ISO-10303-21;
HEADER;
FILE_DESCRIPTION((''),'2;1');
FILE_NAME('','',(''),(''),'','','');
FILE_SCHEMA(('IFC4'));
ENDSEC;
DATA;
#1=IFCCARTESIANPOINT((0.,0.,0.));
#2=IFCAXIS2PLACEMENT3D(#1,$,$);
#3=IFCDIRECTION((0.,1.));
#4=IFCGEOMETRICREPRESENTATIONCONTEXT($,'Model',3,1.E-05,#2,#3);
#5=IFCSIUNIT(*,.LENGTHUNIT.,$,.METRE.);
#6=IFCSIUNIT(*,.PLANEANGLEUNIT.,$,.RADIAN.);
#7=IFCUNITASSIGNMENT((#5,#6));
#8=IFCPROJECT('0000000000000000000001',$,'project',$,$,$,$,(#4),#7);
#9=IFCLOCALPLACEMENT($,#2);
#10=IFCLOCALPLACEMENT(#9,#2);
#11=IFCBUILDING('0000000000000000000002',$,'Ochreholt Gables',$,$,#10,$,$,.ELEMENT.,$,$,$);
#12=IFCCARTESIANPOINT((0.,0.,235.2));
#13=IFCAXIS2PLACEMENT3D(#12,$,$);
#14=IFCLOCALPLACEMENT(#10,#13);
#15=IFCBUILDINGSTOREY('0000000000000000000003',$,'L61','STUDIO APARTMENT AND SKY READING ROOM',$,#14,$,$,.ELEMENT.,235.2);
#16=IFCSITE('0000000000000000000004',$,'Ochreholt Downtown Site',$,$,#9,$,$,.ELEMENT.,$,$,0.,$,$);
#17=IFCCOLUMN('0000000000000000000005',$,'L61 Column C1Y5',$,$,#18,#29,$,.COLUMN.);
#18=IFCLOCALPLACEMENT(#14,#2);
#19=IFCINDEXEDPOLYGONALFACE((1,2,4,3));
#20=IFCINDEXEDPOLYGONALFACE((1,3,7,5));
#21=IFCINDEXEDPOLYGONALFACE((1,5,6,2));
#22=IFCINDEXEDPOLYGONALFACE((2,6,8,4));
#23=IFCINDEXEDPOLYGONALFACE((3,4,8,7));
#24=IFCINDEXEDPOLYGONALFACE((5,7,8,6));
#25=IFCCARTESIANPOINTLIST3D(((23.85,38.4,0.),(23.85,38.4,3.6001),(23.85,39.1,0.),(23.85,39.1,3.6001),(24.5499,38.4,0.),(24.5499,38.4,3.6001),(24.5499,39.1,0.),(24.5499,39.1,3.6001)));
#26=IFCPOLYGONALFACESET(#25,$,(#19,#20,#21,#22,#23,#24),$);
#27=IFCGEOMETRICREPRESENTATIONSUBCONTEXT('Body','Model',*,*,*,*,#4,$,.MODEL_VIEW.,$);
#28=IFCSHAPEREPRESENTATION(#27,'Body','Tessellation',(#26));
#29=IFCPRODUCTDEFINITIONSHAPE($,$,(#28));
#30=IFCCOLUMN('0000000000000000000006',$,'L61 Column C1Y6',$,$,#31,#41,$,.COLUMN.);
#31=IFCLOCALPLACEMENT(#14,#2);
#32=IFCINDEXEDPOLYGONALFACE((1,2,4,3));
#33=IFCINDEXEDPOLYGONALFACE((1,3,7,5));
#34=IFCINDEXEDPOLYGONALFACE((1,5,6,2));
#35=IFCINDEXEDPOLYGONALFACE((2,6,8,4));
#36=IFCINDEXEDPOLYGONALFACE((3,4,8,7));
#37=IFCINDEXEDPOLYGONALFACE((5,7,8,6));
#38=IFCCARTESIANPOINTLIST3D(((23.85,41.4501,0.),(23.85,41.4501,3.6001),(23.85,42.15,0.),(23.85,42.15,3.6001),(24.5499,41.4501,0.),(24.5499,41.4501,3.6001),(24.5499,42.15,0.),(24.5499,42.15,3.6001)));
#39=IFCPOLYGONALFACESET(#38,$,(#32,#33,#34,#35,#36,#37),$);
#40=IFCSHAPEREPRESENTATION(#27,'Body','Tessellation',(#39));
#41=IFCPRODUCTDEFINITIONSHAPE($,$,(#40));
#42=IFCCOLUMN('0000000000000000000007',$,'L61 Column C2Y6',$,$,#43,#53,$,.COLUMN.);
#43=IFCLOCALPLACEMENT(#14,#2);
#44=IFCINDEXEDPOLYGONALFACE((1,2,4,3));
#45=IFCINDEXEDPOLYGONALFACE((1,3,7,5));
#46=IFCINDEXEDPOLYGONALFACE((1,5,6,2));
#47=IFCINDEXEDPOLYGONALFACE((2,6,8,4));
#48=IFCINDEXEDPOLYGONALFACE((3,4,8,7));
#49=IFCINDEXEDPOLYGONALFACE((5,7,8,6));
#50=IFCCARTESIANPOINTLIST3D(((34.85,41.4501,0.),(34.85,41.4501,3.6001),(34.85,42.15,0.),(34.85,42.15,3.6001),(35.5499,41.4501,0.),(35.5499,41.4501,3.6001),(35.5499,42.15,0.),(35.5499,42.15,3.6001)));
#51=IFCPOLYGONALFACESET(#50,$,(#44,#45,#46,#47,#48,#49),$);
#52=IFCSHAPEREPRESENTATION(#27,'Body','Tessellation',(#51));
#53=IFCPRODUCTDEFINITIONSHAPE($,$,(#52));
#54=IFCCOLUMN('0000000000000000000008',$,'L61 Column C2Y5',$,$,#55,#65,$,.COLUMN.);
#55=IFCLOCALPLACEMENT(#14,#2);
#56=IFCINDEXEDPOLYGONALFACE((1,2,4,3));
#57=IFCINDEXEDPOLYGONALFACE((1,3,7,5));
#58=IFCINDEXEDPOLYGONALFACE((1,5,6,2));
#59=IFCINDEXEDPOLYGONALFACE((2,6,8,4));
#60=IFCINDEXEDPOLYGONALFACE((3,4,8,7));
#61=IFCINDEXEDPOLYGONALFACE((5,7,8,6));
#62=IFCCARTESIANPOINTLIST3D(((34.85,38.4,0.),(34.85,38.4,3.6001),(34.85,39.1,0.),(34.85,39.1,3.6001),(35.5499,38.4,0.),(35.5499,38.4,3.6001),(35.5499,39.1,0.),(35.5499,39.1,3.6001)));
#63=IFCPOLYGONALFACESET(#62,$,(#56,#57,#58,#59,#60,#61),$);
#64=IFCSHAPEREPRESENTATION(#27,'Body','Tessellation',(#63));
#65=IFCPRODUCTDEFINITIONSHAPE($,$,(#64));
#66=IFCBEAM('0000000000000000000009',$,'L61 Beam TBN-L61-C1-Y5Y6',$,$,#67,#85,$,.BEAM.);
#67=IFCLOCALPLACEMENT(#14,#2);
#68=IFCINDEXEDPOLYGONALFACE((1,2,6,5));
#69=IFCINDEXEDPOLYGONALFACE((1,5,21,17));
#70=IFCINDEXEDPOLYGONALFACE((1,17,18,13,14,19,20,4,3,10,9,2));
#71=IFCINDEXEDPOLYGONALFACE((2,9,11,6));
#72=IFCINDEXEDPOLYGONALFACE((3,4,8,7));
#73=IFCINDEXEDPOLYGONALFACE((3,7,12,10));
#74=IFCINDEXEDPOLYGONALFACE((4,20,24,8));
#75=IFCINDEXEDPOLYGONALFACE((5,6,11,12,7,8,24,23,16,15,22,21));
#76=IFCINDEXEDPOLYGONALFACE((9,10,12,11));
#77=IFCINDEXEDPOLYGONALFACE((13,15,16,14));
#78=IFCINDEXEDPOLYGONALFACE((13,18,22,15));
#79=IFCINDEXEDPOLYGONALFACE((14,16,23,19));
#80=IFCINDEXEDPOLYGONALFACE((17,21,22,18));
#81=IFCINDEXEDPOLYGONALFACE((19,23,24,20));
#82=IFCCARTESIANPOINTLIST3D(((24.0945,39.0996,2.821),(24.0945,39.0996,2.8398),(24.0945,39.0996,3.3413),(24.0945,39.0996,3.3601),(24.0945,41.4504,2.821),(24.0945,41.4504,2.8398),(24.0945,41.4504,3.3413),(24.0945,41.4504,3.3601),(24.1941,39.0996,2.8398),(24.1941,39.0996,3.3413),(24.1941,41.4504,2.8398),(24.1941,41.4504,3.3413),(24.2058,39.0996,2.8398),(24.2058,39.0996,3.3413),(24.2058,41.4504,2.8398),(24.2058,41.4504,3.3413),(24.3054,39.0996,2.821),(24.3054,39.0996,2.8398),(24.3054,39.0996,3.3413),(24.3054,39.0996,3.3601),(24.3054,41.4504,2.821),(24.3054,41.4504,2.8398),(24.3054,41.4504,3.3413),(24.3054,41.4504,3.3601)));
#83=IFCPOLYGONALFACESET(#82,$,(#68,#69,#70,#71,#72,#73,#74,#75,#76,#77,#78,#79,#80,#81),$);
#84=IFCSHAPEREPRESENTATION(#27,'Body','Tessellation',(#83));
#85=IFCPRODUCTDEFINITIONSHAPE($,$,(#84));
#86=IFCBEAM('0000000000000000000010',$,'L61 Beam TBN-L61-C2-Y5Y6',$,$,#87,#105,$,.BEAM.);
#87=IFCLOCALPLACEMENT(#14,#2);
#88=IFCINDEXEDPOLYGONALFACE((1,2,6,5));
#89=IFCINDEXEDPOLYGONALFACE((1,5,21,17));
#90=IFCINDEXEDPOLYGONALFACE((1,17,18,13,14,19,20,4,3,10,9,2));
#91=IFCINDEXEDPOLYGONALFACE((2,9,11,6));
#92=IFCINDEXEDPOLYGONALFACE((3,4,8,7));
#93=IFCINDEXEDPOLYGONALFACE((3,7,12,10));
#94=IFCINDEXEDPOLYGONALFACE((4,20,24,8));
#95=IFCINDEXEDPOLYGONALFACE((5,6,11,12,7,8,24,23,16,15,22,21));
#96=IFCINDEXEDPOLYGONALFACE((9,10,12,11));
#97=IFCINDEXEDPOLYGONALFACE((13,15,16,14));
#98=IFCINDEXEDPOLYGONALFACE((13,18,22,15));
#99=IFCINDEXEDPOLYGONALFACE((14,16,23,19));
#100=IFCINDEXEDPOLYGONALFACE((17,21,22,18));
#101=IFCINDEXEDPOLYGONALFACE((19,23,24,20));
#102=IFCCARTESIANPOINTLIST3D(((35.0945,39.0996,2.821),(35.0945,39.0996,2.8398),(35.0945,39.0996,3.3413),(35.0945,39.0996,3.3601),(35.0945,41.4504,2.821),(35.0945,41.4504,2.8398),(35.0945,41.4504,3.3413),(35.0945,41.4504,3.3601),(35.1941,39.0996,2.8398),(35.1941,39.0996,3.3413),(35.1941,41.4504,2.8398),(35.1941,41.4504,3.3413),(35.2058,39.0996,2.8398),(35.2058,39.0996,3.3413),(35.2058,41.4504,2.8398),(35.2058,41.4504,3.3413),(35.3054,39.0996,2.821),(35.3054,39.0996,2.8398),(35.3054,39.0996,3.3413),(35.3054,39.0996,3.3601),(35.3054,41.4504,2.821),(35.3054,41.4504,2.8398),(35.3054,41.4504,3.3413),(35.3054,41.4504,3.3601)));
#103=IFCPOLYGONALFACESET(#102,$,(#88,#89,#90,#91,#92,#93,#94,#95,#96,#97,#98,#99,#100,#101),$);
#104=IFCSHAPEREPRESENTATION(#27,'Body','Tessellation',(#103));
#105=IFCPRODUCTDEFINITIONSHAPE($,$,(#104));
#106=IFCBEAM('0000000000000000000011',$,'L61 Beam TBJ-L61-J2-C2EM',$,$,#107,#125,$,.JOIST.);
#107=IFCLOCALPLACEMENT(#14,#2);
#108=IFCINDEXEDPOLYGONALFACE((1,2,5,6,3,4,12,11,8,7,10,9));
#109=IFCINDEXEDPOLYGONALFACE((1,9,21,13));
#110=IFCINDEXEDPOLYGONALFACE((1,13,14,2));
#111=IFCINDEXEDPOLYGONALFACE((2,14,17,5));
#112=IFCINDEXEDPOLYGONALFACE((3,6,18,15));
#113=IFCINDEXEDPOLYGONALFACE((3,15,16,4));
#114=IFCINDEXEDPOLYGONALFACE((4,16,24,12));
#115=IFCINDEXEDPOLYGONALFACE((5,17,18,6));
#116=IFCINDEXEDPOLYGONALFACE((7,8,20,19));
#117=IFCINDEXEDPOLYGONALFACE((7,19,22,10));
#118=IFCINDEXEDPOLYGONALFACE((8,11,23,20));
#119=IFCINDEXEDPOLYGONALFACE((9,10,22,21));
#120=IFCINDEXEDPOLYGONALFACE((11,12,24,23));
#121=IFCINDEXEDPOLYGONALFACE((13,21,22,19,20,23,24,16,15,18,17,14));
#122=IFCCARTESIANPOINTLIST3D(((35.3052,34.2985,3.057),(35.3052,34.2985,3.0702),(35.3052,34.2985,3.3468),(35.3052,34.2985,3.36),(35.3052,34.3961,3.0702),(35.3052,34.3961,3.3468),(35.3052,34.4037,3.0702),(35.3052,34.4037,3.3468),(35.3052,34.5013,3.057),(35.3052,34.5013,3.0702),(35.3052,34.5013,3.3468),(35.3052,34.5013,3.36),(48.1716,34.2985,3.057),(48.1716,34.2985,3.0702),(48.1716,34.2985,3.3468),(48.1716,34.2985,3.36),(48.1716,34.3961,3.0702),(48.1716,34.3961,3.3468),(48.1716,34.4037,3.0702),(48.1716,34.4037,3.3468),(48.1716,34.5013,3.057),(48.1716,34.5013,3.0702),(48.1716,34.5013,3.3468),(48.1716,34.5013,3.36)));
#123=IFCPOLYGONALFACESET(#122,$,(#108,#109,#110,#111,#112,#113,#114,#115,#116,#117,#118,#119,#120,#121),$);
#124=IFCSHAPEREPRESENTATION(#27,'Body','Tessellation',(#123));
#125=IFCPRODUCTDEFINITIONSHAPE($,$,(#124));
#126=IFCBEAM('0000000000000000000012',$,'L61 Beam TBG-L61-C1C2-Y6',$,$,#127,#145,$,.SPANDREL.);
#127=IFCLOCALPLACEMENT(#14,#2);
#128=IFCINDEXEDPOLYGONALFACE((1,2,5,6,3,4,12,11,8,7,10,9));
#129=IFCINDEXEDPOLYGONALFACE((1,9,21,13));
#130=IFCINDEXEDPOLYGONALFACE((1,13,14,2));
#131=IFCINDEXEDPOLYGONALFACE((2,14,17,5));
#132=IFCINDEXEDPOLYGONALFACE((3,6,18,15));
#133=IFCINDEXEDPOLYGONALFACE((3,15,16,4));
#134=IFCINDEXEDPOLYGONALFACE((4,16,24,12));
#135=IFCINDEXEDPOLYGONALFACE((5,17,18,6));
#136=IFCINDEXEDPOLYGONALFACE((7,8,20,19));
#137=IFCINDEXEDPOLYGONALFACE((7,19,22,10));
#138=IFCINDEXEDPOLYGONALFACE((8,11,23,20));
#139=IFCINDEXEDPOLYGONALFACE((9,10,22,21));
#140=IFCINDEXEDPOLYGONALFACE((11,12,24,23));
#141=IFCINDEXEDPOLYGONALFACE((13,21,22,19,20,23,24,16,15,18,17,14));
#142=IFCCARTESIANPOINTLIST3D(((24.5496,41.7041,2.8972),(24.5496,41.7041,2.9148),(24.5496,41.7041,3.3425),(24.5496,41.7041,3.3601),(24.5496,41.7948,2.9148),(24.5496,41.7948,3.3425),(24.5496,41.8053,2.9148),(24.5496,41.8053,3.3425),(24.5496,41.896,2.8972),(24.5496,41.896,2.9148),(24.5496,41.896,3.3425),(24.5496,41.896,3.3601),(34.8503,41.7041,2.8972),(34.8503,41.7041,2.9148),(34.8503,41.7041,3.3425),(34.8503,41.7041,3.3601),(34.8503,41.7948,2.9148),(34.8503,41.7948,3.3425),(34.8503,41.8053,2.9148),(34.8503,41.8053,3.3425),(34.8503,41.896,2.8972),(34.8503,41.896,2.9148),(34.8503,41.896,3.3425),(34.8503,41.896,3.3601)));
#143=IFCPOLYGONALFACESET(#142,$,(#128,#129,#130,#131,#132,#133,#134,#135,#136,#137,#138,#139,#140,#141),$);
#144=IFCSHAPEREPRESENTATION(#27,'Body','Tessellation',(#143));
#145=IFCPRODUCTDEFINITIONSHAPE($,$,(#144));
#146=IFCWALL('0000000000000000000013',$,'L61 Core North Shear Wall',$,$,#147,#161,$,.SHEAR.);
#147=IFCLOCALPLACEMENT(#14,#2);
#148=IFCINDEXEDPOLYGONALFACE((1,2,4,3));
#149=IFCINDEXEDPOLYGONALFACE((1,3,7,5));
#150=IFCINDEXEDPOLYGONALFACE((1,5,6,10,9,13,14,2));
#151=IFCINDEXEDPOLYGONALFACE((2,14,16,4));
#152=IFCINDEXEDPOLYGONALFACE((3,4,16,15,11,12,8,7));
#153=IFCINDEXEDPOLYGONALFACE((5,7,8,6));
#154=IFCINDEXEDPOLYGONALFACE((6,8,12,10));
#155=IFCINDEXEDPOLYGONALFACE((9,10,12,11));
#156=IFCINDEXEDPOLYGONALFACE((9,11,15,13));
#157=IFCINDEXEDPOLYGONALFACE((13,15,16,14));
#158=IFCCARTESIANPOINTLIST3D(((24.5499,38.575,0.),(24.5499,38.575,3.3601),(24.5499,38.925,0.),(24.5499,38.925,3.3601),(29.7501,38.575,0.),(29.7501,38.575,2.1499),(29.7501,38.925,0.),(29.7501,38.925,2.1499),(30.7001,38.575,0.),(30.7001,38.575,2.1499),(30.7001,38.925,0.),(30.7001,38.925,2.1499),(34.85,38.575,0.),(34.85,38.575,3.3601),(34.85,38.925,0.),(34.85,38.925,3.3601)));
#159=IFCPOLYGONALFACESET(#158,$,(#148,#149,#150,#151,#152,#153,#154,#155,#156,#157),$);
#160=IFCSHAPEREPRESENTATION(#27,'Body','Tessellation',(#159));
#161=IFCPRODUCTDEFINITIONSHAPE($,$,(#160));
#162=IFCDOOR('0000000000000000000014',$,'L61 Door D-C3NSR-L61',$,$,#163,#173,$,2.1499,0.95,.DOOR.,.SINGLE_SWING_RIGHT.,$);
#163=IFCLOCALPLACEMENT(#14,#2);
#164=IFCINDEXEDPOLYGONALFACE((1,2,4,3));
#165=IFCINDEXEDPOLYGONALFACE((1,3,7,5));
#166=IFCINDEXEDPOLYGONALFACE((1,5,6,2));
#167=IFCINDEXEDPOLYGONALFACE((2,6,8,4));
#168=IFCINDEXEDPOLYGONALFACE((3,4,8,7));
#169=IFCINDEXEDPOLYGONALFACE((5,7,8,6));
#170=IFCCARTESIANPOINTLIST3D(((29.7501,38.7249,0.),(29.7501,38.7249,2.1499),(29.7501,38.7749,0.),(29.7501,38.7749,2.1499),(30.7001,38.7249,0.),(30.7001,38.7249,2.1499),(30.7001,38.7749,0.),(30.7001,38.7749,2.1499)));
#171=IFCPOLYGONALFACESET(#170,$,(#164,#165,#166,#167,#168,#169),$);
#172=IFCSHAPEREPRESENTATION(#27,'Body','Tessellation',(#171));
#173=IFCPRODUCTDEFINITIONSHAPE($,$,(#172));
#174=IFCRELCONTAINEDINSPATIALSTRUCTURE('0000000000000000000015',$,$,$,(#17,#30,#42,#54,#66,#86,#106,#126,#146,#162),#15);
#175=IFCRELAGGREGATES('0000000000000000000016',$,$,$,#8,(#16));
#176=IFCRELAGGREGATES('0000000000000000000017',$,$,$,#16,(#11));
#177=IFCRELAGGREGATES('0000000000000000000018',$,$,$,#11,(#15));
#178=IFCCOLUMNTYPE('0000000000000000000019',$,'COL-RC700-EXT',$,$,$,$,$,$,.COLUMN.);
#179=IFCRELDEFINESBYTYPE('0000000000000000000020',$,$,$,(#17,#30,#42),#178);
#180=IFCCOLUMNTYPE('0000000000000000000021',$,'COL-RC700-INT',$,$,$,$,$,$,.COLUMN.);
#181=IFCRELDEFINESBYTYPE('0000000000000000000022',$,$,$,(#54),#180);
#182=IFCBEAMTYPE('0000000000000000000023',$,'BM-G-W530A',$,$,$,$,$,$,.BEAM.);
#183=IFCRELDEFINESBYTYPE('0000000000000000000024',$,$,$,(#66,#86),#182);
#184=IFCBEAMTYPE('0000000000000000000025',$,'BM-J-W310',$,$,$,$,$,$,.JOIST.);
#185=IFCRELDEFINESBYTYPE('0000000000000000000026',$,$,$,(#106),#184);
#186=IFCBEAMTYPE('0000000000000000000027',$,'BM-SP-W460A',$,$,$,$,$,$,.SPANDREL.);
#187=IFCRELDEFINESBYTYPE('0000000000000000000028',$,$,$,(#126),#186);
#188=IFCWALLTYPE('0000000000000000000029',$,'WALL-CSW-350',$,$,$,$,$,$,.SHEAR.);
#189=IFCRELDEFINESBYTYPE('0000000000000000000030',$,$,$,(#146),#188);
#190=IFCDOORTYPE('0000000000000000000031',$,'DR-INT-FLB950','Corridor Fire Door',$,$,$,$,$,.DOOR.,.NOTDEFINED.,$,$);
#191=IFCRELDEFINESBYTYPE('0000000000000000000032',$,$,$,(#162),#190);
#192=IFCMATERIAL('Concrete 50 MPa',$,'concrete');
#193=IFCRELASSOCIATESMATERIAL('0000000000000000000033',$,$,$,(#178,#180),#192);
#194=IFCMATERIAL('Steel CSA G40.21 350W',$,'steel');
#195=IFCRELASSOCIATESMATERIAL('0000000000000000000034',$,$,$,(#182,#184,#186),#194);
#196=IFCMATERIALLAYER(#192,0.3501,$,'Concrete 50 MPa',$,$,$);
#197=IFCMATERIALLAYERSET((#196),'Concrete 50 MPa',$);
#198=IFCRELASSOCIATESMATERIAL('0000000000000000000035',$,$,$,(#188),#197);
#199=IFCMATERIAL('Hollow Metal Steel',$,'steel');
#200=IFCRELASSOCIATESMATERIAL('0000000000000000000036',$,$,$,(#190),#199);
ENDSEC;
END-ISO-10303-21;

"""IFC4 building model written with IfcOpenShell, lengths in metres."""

from ifc_helpers import new_model, si_unit, direction, frame, frame_2d, origin, origin_2d, place, context, subcontext, project, spatial, rectangle, i_section, extrude, material, layer, layer_set, material_profile, profile_set, type_object, element, fill, save


model = new_model("IFC4")

# Units and contexts
model_context = context("Model", 3, precision=1e-05, world=origin(), true_north=direction((0.0, 1.0)))
body_context = subcontext(model_context, "Body", "Model", "MODEL_VIEW")
ifc_project = project(units=[si_unit("LENGTHUNIT", "METRE"), si_unit("PLANEANGLEUNIT", "RADIAN")], contexts=[model_context])

# Site, building, storey
site_placement = place(None, origin())
site = spatial("IfcSite", under=ifc_project, at=site_placement, Name="Ochreholt Downtown Site", CompositionType="ELEMENT", RefElevation=0.0)
building_placement = place(site_placement, origin())
building = spatial("IfcBuilding", under=site, at=building_placement, Name="Ochreholt Gables", CompositionType="ELEMENT")
storey_placement = place(building_placement, frame((0.0, 0.0, 235.2)))
storey = spatial("IfcBuildingStorey", under=building, at=storey_placement, Name="L61", Description="STUDIO APARTMENT AND SKY READING ROOM", CompositionType="ELEMENT", Elevation=235.2)

# Columns
ifc_material_1 = material(Name="Concrete 50 MPa", Category="concrete")
ifc_material_profile_1 = material_profile(ifc_material_1, rectangle(XDim=0.7, YDim=0.7, at=origin_2d()), Name="RC700X700")
ifc_profile_set_1 = profile_set([ifc_material_profile_1], Name="Concrete 50 MPa")
column_type_1 = type_object("IfcColumnType", Name="COL-RC700-EXT", PredefinedType="COLUMN", material=ifc_profile_set_1)
for number, where, z_axis, x_axis, name in (
    (1, (24.2, 38.75, 0.0), (0.0, 0.0, 1.0), (1.0, 0.0, 0.0), "L61 Column C1Y5"),
    (2, (24.2, 41.8, 0.0), (0.0, 0.0, 1.0), (1.0, 0.0, 0.0), "L61 Column C1Y6"),
    (3, (35.2, 41.8, 0.0), (0.0, 0.0, 1.0), (1.0, 0.0, 0.0), "L61 Column C2Y6"),
):
    element("IfcColumn", number, at=place(storey_placement, frame(where, z_axis=z_axis, x_axis=x_axis)), inside=storey, type_object=column_type_1, Name=name, PredefinedType="COLUMN", context=body_context, shape_type="SweptSolid", body=[
        extrude(rectangle(XDim=0.7, YDim=0.7, at=origin_2d()), origin(), (0.0, 0.0, 1.0), 3.6001),
    ])
ifc_material_profile_2 = material_profile(ifc_material_1, rectangle(XDim=0.7, YDim=0.7, at=origin_2d()), Name="RC700X700")
ifc_profile_set_2 = profile_set([ifc_material_profile_2], Name="Concrete 50 MPa")
column_type_2 = type_object("IfcColumnType", Name="COL-RC700-INT", PredefinedType="COLUMN", material=ifc_profile_set_2)
column_placement = place(storey_placement, frame((35.2, 38.75, 0.0), z_axis=(0.0, 0.0, 1.0), x_axis=(1.0, 0.0, 0.0)))
element("IfcColumn", 4, at=column_placement, inside=storey, type_object=column_type_2, Name="L61 Column C2Y5", PredefinedType="COLUMN", context=body_context, shape_type="SweptSolid", body=[
    extrude(rectangle(XDim=0.7, YDim=0.7, at=origin_2d()), origin(), (0.0, 0.0, 1.0), 3.6001),
])

# Beams
ifc_material_2 = material(Name="Steel CSA G40.21 350W", Category="steel")
ifc_material_profile_3 = material_profile(ifc_material_2, i_section(OverallWidth=0.2109, OverallDepth=0.5391, WebThickness=0.0117, FlangeThickness=0.0188, at=origin_2d()), Name="W530X109")
ifc_profile_set_3 = profile_set([ifc_material_profile_3], Name="Steel CSA G40.21 350W")
beam_type_1 = type_object("IfcBeamType", Name="BM-G-W530A", PredefinedType="BEAM", material=ifc_profile_set_3)
for number, where, z_axis, x_axis, name in (
    (5, (24.2, 39.0996, 3.0906), (0.0, 1.0, 0.0), (-1.0, 0.0, 0.0), "L61 Beam TBN-L61-C1-Y5Y6"),
    (6, (35.2, 39.0996, 3.0906), (0.0, 1.0, 0.0), (-1.0, 0.0, 0.0), "L61 Beam TBN-L61-C2-Y5Y6"),
):
    element("IfcBeam", number, at=place(storey_placement, frame(where, z_axis=z_axis, x_axis=x_axis)), inside=storey, type_object=beam_type_1, Name=name, PredefinedType="BEAM", context=body_context, shape_type="SweptSolid", body=[
        extrude(i_section(OverallWidth=0.2109, OverallDepth=0.5391, WebThickness=0.0117, FlangeThickness=0.0188, at=origin_2d()), origin(), (0.0, 0.0, 1.0), 2.3508),
    ])
ifc_material_profile_4 = material_profile(ifc_material_2, i_section(OverallWidth=0.2029, OverallDepth=0.303, WebThickness=0.0076, FlangeThickness=0.0132, at=origin_2d()), Name="W310X60")
ifc_profile_set_4 = profile_set([ifc_material_profile_4], Name="Steel CSA G40.21 350W")
beam_type_2 = type_object("IfcBeamType", Name="BM-J-W310", PredefinedType="JOIST", material=ifc_profile_set_4)
beam_1_placement = place(storey_placement, frame((35.3052, 34.3999, 3.2085), z_axis=(1.0, 0.0, 0.0), x_axis=(0.0, 1.0, 0.0)))
element("IfcBeam", 7, at=beam_1_placement, inside=storey, type_object=beam_type_2, Name="L61 Beam TBJ-L61-J2-C2EM", PredefinedType="JOIST", context=body_context, shape_type="SweptSolid", body=[
    extrude(i_section(OverallWidth=0.2029, OverallDepth=0.303, WebThickness=0.0076, FlangeThickness=0.0132, at=origin_2d()), origin(), (0.0, 0.0, 1.0), 12.8665),
])
ifc_material_profile_5 = material_profile(ifc_material_2, i_section(OverallWidth=0.1919, OverallDepth=0.4629, WebThickness=0.0105, FlangeThickness=0.0176, at=origin_2d()), Name="W460X89")
ifc_profile_set_5 = profile_set([ifc_material_profile_5], Name="Steel CSA G40.21 350W")
beam_type_3 = type_object("IfcBeamType", Name="BM-SP-W460A", PredefinedType="SPANDREL", material=ifc_profile_set_5)
beam_2_placement = place(storey_placement, frame((24.5496, 41.8, 3.1287), z_axis=(1.0, 0.0, 0.0), x_axis=(0.0, 1.0, 0.0)))
element("IfcBeam", 8, at=beam_2_placement, inside=storey, type_object=beam_type_3, Name="L61 Beam TBG-L61-C1C2-Y6", PredefinedType="SPANDREL", context=body_context, shape_type="SweptSolid", body=[
    extrude(i_section(OverallWidth=0.1919, OverallDepth=0.4629, WebThickness=0.0105, FlangeThickness=0.0176, at=origin_2d()), origin(), (0.0, 0.0, 1.0), 10.3008),
])

# Wall, opening, door
ifc_layer_1 = layer(ifc_material_1, 0.3501, Name="Concrete 50 MPa")
ifc_layer_set_1 = layer_set([ifc_layer_1], Name="Concrete 50 MPa")
wall_type_1 = type_object("IfcWallType", Name="WALL-CSW-350", PredefinedType="SHEAR", material=ifc_layer_set_1)
wall_1_placement = place(storey_placement, frame((24.55, 38.75, 0.0), z_axis=(0.0, 0.0, 1.0), x_axis=(1.0, 0.0, 0.0)))
wall_1 = element("IfcWall", 9, at=wall_1_placement, inside=storey, type_object=wall_type_1, Name="L61 Core North Shear Wall", PredefinedType="SHEAR", context=body_context, shape_type="SweptSolid", body=[
    extrude(rectangle(XDim=10.3, YDim=0.3501, at=frame_2d((5.1499, 0.0))), origin(), (0.0, 0.0, 1.0), 3.3601),
])
opening_1_placement = place(wall_1_placement, frame((5.2, 0.0, 0.0)))
opening_1 = element("IfcOpeningElement", 10, at=opening_1_placement, cuts=wall_1, PredefinedType="OPENING", context=body_context, shape_type="SweptSolid", body=[
    extrude(rectangle(XDim=0.95, YDim=2.1499, at=frame_2d((0.4751, 1.075))), frame((0.0, 0.1851, 0.0), z_axis=(0.0, -1.0, 0.0), x_axis=(1.0, 0.0, 0.0)), (0.0, 0.0, 1.0), 0.3701),
])
ifc_material_3 = material(Name="Hollow Metal Steel", Category="steel")
door_type = type_object("IfcDoorType", Name="DR-INT-FLB950", Description="Corridor Fire Door", OperationType="NOTDEFINED", PredefinedType="DOOR", material=ifc_material_3)
door_placement = place(opening_1_placement, origin())
door = element("IfcDoor", 11, at=door_placement, inside=storey, type_object=door_type, Name="L61 Door D-C3NSR-L61", OperationType="SINGLE_SWING_RIGHT", OverallHeight=2.1499, OverallWidth=0.95, PredefinedType="DOOR", context=body_context, shape_type="SweptSolid", body=[
    extrude(rectangle(XDim=0.95, YDim=2.1499, at=frame_2d((0.4751, 1.075))), frame((0.0, 0.0249, 0.0), z_axis=(0.0, -1.0, 0.0), x_axis=(1.0, 0.0, 0.0)), (0.0, 0.0, 1.0), 0.05),
])
fill(opening_1, door)

save(model, "model.ifc")
